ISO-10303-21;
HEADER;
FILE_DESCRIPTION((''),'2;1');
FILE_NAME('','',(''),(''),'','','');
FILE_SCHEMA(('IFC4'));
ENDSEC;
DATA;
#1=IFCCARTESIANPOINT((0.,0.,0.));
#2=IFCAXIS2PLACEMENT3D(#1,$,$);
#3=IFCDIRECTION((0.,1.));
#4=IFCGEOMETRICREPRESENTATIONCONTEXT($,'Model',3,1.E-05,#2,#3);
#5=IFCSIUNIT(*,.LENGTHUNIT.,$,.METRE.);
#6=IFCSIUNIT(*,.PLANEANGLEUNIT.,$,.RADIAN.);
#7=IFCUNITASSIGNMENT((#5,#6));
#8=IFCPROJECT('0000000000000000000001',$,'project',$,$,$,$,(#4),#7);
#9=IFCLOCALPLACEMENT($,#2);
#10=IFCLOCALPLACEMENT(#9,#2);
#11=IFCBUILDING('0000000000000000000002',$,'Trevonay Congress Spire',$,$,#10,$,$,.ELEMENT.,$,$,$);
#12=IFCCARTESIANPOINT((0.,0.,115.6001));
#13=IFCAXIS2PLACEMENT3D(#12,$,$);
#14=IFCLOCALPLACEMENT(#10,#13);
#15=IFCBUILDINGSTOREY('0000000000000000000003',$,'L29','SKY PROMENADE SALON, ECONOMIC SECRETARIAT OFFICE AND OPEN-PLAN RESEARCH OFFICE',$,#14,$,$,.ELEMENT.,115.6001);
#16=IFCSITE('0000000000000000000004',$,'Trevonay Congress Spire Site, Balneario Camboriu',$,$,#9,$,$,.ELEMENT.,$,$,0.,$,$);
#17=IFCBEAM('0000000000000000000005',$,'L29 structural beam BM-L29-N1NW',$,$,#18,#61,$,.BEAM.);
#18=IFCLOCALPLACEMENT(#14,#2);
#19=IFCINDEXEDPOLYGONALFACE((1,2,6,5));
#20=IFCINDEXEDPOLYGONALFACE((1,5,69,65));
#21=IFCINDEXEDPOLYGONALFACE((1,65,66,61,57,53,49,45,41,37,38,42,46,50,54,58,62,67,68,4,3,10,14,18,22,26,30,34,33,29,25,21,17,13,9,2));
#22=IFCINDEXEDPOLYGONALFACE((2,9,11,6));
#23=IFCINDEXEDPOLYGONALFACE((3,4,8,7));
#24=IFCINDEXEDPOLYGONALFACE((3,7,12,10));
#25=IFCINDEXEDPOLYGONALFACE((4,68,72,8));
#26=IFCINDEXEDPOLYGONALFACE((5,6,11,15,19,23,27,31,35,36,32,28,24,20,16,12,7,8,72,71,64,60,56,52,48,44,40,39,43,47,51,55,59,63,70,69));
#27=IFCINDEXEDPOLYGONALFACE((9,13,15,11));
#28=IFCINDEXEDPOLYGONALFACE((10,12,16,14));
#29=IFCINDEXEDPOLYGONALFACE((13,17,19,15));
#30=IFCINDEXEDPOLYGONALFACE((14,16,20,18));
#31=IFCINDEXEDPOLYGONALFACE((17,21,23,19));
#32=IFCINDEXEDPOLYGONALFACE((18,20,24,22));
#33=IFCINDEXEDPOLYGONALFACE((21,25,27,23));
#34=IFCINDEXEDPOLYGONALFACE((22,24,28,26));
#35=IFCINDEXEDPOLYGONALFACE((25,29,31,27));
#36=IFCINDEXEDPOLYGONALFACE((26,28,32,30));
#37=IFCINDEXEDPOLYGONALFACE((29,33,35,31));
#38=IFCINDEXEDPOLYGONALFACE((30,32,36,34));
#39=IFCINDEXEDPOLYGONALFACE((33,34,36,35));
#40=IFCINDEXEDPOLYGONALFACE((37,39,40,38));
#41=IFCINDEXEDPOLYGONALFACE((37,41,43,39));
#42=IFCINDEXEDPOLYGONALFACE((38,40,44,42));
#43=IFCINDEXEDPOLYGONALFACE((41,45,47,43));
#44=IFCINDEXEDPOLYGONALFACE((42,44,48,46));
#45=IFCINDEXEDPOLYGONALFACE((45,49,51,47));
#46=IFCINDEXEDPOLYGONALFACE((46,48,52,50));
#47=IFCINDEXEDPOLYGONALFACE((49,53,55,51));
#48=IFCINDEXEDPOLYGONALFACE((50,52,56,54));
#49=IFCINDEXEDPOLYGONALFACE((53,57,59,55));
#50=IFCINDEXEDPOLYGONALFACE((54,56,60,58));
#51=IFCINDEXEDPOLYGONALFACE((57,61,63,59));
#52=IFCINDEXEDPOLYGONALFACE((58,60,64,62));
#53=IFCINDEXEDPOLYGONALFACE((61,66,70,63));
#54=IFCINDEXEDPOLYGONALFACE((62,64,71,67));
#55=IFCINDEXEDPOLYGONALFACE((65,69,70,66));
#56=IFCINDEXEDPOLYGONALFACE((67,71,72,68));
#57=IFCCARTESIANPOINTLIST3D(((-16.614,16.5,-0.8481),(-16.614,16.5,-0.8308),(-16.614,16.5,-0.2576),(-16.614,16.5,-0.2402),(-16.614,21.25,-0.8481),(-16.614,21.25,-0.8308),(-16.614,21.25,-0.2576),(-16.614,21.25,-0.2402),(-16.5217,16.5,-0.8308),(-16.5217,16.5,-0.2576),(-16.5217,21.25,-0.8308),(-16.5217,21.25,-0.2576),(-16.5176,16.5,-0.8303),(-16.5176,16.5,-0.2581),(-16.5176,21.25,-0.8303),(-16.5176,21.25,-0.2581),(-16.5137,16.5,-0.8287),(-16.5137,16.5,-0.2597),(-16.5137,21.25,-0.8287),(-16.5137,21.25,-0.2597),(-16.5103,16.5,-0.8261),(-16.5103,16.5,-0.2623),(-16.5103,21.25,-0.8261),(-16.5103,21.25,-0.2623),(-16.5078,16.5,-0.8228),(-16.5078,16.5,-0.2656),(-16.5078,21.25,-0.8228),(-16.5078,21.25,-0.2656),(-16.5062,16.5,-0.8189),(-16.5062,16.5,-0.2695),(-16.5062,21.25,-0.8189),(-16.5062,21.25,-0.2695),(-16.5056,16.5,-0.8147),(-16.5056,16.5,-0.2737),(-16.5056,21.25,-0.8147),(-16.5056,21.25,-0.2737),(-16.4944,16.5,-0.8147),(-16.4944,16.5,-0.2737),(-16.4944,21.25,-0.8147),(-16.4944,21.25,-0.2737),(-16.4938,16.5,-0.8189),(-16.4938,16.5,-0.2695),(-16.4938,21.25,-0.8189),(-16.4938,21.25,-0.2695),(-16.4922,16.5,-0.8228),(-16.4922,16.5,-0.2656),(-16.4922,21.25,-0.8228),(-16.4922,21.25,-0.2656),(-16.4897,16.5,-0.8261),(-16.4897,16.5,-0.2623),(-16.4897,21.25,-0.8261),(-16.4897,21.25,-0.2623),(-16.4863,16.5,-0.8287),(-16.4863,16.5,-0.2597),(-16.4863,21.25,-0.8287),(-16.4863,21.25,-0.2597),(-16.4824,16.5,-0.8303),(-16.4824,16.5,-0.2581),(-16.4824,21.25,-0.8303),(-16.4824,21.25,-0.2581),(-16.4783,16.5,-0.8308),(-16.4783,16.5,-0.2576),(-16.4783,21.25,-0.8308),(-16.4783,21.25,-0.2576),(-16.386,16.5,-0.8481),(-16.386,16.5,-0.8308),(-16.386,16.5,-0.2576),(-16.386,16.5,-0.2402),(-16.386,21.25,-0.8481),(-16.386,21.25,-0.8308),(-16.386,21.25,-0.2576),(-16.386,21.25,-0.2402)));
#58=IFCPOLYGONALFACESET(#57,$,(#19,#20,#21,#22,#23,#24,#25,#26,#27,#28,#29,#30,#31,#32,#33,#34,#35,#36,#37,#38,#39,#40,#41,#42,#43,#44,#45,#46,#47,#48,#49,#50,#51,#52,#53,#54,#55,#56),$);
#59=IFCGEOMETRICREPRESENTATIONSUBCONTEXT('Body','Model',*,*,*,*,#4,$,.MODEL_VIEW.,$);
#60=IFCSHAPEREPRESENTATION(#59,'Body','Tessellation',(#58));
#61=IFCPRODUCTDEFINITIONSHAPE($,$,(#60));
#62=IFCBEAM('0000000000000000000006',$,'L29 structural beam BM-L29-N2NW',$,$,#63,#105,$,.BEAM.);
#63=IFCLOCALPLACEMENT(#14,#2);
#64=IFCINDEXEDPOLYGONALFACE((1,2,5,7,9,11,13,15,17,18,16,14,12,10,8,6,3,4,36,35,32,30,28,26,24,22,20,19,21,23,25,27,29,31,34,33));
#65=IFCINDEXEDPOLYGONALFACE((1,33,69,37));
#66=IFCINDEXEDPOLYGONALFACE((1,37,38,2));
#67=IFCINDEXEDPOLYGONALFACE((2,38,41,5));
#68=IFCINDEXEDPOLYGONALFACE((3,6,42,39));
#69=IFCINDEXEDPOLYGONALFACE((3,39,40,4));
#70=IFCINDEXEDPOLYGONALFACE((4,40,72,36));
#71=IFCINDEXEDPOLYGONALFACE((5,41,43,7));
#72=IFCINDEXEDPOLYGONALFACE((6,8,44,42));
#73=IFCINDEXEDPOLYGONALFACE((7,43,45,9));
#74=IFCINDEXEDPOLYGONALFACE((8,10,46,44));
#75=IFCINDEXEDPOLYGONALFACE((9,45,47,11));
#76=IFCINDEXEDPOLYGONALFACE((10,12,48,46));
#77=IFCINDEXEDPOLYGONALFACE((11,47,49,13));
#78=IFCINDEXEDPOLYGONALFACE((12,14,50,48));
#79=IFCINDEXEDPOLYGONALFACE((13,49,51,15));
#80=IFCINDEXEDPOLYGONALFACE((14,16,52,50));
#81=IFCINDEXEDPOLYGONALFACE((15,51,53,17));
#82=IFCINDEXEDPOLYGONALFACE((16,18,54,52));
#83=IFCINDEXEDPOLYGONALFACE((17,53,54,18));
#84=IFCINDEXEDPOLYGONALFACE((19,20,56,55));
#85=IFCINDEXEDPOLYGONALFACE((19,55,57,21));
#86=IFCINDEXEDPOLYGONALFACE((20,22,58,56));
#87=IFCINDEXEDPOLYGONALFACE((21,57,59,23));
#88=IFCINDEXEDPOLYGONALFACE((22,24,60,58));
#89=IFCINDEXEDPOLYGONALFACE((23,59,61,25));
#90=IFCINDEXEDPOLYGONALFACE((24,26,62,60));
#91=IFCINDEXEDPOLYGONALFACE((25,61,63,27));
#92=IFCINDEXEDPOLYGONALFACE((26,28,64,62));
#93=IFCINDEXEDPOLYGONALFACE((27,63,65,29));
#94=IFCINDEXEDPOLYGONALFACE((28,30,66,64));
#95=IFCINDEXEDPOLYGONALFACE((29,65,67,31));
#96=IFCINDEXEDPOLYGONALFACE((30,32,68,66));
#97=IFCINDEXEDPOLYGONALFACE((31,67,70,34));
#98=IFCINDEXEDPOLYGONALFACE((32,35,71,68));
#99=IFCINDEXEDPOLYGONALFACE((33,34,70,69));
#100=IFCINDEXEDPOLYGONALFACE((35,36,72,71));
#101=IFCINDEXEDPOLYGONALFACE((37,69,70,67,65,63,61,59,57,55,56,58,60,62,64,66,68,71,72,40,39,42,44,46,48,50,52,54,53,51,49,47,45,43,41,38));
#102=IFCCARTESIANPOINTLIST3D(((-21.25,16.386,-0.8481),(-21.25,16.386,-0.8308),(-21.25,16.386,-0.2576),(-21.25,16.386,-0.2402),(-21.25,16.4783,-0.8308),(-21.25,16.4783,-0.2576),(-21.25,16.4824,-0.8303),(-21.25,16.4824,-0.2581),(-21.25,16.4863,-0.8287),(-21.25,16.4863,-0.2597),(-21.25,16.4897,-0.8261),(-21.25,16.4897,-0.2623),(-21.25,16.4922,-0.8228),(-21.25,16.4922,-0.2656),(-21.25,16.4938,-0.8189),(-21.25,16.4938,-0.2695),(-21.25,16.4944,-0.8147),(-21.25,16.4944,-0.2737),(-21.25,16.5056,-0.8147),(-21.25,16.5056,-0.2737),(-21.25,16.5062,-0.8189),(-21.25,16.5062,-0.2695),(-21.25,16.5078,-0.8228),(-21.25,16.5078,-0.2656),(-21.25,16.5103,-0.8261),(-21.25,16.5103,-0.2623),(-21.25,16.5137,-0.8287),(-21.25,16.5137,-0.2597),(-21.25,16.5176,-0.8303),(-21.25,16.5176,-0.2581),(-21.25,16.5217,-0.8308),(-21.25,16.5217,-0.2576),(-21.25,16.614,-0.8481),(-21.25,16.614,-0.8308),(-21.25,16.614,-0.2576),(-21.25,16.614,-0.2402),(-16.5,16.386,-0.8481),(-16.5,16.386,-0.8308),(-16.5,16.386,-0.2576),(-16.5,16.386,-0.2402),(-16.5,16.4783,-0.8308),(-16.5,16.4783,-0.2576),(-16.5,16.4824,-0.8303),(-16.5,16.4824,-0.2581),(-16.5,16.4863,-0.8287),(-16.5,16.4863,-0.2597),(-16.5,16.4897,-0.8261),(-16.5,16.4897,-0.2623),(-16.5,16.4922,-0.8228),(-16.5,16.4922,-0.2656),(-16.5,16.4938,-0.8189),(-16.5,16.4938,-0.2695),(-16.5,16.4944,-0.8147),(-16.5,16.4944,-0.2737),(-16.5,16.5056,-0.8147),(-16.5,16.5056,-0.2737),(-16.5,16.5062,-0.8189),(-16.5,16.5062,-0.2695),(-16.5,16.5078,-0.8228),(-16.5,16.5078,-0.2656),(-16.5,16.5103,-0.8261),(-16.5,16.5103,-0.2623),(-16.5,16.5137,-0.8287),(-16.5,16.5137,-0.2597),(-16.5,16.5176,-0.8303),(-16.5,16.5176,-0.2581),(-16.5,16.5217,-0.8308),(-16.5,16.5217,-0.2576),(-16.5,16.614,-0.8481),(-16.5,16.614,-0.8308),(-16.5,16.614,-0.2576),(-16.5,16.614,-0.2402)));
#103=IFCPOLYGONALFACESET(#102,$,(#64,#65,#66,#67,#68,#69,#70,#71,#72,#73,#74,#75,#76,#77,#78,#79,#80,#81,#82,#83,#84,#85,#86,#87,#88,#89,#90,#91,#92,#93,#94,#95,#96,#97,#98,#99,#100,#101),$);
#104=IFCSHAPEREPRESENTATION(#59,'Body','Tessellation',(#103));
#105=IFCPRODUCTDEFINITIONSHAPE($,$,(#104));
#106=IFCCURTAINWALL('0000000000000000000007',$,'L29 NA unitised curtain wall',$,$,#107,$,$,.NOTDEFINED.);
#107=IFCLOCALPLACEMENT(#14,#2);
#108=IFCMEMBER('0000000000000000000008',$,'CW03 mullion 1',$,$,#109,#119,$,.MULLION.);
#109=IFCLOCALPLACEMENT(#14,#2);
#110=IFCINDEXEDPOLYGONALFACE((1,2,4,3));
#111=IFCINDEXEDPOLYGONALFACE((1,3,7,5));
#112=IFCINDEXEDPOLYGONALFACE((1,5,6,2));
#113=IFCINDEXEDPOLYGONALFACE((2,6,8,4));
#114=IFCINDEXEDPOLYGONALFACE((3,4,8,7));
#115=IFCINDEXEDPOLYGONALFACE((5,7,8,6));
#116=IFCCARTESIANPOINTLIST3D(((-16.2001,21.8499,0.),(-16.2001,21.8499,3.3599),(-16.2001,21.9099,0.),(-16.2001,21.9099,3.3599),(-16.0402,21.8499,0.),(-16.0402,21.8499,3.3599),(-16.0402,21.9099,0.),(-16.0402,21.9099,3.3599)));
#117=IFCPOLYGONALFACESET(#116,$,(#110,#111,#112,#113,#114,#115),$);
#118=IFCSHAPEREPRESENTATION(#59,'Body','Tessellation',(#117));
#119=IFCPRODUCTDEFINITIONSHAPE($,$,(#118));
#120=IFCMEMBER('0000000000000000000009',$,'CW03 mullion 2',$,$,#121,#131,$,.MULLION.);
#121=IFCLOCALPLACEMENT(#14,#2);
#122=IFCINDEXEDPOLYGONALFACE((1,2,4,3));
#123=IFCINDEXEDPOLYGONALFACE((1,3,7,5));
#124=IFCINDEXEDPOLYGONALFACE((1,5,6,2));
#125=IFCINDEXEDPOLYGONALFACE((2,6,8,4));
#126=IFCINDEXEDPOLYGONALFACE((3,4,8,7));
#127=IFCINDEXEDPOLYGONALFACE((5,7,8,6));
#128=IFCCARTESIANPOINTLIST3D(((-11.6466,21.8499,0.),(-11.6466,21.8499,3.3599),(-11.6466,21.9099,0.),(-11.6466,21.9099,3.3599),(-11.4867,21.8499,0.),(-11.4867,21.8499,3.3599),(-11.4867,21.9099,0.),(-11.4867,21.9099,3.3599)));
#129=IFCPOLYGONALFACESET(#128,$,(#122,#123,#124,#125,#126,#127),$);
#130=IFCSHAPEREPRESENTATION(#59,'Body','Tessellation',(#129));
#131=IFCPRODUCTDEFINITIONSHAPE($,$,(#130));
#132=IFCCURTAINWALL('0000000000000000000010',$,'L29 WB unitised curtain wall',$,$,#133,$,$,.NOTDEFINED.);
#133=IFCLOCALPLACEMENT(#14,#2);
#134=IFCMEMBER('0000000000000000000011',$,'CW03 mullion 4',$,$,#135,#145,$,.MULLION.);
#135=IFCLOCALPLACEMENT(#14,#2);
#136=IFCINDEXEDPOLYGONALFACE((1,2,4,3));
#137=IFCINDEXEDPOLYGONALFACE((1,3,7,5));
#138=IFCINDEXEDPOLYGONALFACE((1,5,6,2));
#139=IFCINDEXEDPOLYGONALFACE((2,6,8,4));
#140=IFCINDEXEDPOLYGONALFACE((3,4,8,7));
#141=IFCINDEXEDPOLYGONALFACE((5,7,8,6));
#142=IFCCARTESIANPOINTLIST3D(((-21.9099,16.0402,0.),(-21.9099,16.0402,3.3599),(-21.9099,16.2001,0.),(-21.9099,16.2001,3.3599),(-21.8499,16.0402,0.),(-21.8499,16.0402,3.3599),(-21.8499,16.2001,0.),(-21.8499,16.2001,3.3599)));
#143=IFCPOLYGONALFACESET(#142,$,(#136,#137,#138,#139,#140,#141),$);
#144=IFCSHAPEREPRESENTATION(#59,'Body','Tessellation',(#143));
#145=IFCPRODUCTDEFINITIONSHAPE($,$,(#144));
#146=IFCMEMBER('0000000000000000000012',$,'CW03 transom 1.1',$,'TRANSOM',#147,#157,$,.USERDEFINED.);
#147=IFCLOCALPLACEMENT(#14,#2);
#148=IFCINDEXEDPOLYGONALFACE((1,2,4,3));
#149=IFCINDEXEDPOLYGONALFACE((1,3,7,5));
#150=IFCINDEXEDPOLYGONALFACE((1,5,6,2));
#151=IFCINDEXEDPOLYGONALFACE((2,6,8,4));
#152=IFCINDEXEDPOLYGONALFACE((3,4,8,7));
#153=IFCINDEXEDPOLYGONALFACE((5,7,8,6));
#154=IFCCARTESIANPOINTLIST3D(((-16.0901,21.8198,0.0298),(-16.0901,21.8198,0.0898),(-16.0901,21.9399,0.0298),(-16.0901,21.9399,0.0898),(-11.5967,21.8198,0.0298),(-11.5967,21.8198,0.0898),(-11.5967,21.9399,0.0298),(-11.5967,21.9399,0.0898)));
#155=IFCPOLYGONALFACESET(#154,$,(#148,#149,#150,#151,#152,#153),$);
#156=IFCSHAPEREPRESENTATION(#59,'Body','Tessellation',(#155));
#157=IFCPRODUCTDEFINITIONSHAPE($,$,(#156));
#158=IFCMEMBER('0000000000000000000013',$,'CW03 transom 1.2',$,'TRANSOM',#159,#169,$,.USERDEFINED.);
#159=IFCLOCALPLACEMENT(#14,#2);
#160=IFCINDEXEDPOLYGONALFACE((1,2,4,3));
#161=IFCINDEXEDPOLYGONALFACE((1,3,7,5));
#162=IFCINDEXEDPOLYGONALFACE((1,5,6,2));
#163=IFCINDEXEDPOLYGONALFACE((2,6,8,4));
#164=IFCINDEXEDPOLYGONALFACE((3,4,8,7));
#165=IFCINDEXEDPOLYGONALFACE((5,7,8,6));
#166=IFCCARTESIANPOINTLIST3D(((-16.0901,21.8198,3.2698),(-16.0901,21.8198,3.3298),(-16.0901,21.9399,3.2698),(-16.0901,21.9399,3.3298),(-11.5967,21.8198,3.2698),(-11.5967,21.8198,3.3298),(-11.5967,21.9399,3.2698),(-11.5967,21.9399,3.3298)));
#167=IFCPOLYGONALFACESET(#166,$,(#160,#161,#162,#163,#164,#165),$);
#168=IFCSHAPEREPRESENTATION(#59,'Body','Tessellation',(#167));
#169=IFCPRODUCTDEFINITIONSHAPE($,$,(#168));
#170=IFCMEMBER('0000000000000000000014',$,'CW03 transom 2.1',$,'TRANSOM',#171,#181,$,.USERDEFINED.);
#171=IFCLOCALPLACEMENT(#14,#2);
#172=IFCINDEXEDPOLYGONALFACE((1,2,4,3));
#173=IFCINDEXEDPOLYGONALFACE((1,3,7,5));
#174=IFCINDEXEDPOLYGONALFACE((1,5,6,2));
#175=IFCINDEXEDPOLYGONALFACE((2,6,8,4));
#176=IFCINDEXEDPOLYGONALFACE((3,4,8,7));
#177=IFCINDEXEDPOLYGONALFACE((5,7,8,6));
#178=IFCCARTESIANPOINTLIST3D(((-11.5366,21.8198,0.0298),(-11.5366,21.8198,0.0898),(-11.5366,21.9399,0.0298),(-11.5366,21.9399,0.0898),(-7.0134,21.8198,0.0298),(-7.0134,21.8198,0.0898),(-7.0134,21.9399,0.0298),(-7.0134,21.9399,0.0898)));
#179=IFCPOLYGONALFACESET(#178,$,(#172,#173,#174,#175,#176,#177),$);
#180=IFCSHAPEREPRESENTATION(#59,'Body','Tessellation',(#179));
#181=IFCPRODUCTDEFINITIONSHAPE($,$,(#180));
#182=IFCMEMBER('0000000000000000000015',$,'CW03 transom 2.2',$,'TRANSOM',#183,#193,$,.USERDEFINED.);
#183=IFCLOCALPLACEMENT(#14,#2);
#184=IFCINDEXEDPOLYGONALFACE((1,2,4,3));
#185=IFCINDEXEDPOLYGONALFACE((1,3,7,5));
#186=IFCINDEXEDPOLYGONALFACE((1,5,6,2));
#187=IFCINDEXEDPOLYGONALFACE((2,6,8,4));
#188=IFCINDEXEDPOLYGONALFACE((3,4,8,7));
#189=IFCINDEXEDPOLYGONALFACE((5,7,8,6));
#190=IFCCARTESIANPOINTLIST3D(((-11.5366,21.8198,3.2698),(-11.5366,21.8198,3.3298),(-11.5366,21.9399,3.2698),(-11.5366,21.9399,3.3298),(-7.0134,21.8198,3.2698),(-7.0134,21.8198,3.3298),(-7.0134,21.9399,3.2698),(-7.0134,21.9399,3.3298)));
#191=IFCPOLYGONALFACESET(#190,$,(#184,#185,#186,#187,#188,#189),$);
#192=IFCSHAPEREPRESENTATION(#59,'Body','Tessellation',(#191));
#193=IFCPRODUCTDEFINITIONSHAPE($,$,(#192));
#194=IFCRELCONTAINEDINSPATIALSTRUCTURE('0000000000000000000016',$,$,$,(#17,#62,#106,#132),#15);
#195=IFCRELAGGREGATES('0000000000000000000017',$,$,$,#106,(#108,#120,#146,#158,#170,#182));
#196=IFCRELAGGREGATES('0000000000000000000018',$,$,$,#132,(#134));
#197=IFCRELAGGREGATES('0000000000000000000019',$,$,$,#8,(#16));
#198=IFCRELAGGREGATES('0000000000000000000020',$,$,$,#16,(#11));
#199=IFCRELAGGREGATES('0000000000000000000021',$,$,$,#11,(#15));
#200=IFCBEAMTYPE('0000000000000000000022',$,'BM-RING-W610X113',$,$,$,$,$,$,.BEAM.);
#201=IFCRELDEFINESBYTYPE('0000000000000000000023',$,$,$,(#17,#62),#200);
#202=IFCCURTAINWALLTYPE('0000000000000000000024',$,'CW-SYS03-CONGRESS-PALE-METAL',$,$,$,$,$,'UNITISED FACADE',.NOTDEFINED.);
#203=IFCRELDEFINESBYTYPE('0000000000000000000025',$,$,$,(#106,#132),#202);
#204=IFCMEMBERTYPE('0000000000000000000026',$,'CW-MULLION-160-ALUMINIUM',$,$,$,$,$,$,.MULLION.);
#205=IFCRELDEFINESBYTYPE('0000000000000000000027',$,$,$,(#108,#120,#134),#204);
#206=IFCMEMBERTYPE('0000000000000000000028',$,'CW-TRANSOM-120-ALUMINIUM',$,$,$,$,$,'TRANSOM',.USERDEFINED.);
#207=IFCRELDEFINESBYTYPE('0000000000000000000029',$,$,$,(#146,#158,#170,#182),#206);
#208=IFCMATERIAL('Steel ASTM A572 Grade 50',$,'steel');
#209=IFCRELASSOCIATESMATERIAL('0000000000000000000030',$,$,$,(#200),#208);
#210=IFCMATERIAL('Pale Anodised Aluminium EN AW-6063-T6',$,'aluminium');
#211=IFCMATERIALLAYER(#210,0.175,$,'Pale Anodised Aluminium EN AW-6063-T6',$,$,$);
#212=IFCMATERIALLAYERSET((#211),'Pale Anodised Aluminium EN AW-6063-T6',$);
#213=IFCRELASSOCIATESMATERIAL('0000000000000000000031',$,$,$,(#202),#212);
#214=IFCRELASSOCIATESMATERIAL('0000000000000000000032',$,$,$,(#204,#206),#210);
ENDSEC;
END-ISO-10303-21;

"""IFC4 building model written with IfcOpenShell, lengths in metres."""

from ifc_helpers import new_model, si_unit, direction, frame, origin, origin_2d, place, context, subcontext, project, spatial, rectangle, i_section, extrude, material, layer, layer_set, material_profile, profile_set, type_object, element, aggregate, save


model = new_model("IFC4")

# Units and contexts
model_context = context("Model", 3, precision=1e-05, world=origin(), true_north=direction((0.0, 1.0)))
body_context = subcontext(model_context, "Body", "Model", "MODEL_VIEW")
ifc_project = project(units=[si_unit("LENGTHUNIT", "METRE"), si_unit("PLANEANGLEUNIT", "RADIAN")], contexts=[model_context])

# Site, building, storey
site_placement = place(None, origin())
site = spatial("IfcSite", under=ifc_project, at=site_placement, Name="Trevonay Congress Spire Site, Balneario Camboriu", CompositionType="ELEMENT", RefElevation=0.0)
building_placement = place(site_placement, origin())
building = spatial("IfcBuilding", under=site, at=building_placement, Name="Trevonay Congress Spire", CompositionType="ELEMENT")
storey_placement = place(building_placement, frame((0.0, 0.0, 115.6001)))
storey = spatial("IfcBuildingStorey", under=building, at=storey_placement, Name="L29", Description="SKY PROMENADE SALON, ECONOMIC SECRETARIAT OFFICE AND OPEN-PLAN RESEARCH OFFICE", CompositionType="ELEMENT", Elevation=115.6001)

# Shared definitions
ifc_material_1 = material(Name="Steel ASTM A572 Grade 50", Category="steel")

# Beams
ifc_material_profile_1 = material_profile(ifc_material_1, i_section(OverallWidth=0.228, OverallDepth=0.6079, WebThickness=0.0112, FlangeThickness=0.0173, FilletRadius=0.0161, at=origin_2d()), Name="W610x113")
ifc_profile_set_1 = profile_set([ifc_material_profile_1], Name="Steel ASTM A572 Grade 50")
beam_type = type_object("IfcBeamType", Name="BM-RING-W610X113", PredefinedType="BEAM", material=ifc_profile_set_1)
for number, where, z_axis, x_axis, name in (
    (1, (-16.5, 21.25, -0.5442), (0.0, -1.0, 0.0), (1.0, 0.0, 0.0), "L29 structural beam BM-L29-N1NW"),
    (2, (-21.25, 16.5, -0.5442), (1.0, 0.0, 0.0), (0.0, 1.0, 0.0), "L29 structural beam BM-L29-N2NW"),
):
    element("IfcBeam", number, at=place(storey_placement, frame(where, z_axis=z_axis, x_axis=x_axis)), inside=storey, type_object=beam_type, Name=name, PredefinedType="BEAM", context=body_context, shape_type="SweptSolid", body=[
        extrude(i_section(OverallWidth=0.228, OverallDepth=0.6079, WebThickness=0.0112, FlangeThickness=0.0173, FilletRadius=0.0161, at=origin_2d()), origin(), (0.0, 0.0, 1.0), 4.75),
    ])

# Curtain wall, members
ifc_material_2 = material(Name="Pale Anodised Aluminium EN AW-6063-T6", Category="aluminium")
ifc_layer_1 = layer(ifc_material_2, 0.175, Name="Pale Anodised Aluminium EN AW-6063-T6")
ifc_layer_set_1 = layer_set([ifc_layer_1], Name="Pale Anodised Aluminium EN AW-6063-T6")
curtain_wall_type = type_object("IfcCurtainWallType", Name="CW-SYS03-CONGRESS-PALE-METAL", ElementType="UNITISED FACADE", PredefinedType="NOTDEFINED", material=ifc_layer_set_1)
curtain_wall_1_placement = place(storey_placement, origin())
curtain_wall_1 = element("IfcCurtainWall", 3, at=curtain_wall_1_placement, inside=storey, type_object=curtain_wall_type, Name="L29 NA unitised curtain wall", PredefinedType="NOTDEFINED")
ifc_material_profile_2 = material_profile(ifc_material_2, rectangle(XDim=0.0601, YDim=0.1599, at=origin_2d()), Name="CW-MULLION-160-ALUMINIUM")
ifc_profile_set_2 = profile_set([ifc_material_profile_2], Name="Pale Anodised Aluminium EN AW-6063-T6")
member_type_1 = type_object("IfcMemberType", Name="CW-MULLION-160-ALUMINIUM", PredefinedType="MULLION", material=ifc_profile_set_2)
member_1_placement = place(storey_placement, frame((-16.1201, 21.8799, 0.0), z_axis=(0.0, 0.0, 1.0), x_axis=(0.0, 1.0, 0.0)))
member_1 = element("IfcMember", 4, at=member_1_placement, type_object=member_type_1, Name="CW03 mullion 1", PredefinedType="MULLION", context=body_context, shape_type="SweptSolid", body=[
    extrude(rectangle(XDim=0.0601, YDim=0.1599, at=origin_2d()), origin(), (0.0, 0.0, 1.0), 3.3599),
])
member_2_placement = place(storey_placement, frame((-11.5667, 21.8799, 0.0), z_axis=(0.0, 0.0, 1.0), x_axis=(0.0, 1.0, 0.0)))
member_2 = element("IfcMember", 5, at=member_2_placement, type_object=member_type_1, Name="CW03 mullion 2", PredefinedType="MULLION", context=body_context, shape_type="SweptSolid", body=[
    extrude(rectangle(XDim=0.0601, YDim=0.1599, at=origin_2d()), origin(), (0.0, 0.0, 1.0), 3.3599),
])

# Curtain wall, member
curtain_wall_2_placement = place(storey_placement, origin())
curtain_wall_2 = element("IfcCurtainWall", 6, at=curtain_wall_2_placement, inside=storey, type_object=curtain_wall_type, Name="L29 WB unitised curtain wall", PredefinedType="NOTDEFINED")
member_3_placement = place(storey_placement, frame((-21.8799, 16.1201, 0.0), z_axis=(0.0, 0.0, 1.0), x_axis=(-1.0, 0.0, 0.0)))
member_3 = element("IfcMember", 7, at=member_3_placement, type_object=member_type_1, Name="CW03 mullion 4", PredefinedType="MULLION", context=body_context, shape_type="SweptSolid", body=[
    extrude(rectangle(XDim=0.0601, YDim=0.1599, at=origin_2d()), origin(), (0.0, 0.0, 1.0), 3.3599),
])

# Members
ifc_material_profile_3 = material_profile(ifc_material_2, rectangle(XDim=0.1201, YDim=0.0601, at=origin_2d()), Name="CW-TRANSOM-120-ALUMINIUM")
ifc_profile_set_3 = profile_set([ifc_material_profile_3], Name="Pale Anodised Aluminium EN AW-6063-T6")
member_type_2 = type_object("IfcMemberType", Name="CW-TRANSOM-120-ALUMINIUM", ElementType="TRANSOM", PredefinedType="USERDEFINED", material=ifc_profile_set_3)
member_4_placement = place(storey_placement, frame((-16.0901, 21.8799, 0.0598), z_axis=(1.0, 0.0, 0.0), x_axis=(0.0, 1.0, 0.0)))
member_4 = element("IfcMember", 8, at=member_4_placement, type_object=member_type_2, Name="CW03 transom 1.1", ObjectType="TRANSOM", PredefinedType="USERDEFINED", context=body_context, shape_type="SweptSolid", body=[
    extrude(rectangle(XDim=0.1201, YDim=0.0601, at=origin_2d()), origin(), (0.0, 0.0, 1.0), 4.4934),
])
member_5_placement = place(storey_placement, frame((-16.0901, 21.8799, 3.2998), z_axis=(1.0, 0.0, 0.0), x_axis=(0.0, 1.0, 0.0)))
member_5 = element("IfcMember", 9, at=member_5_placement, type_object=member_type_2, Name="CW03 transom 1.2", ObjectType="TRANSOM", PredefinedType="USERDEFINED", context=body_context, shape_type="SweptSolid", body=[
    extrude(rectangle(XDim=0.1201, YDim=0.0601, at=origin_2d()), origin(), (0.0, 0.0, 1.0), 4.4934),
])
member_6_placement = place(storey_placement, frame((-11.5366, 21.8799, 0.0598), z_axis=(1.0, 0.0, 0.0), x_axis=(0.0, 1.0, 0.0)))
member_6 = element("IfcMember", 10, at=member_6_placement, type_object=member_type_2, Name="CW03 transom 2.1", ObjectType="TRANSOM", PredefinedType="USERDEFINED", context=body_context, shape_type="SweptSolid", body=[
    extrude(rectangle(XDim=0.1201, YDim=0.0601, at=origin_2d()), origin(), (0.0, 0.0, 1.0), 4.5232),
])
member_7_placement = place(storey_placement, frame((-11.5366, 21.8799, 3.2998), z_axis=(1.0, 0.0, 0.0), x_axis=(0.0, 1.0, 0.0)))
member_7 = element("IfcMember", 11, at=member_7_placement, type_object=member_type_2, Name="CW03 transom 2.2", ObjectType="TRANSOM", PredefinedType="USERDEFINED", context=body_context, shape_type="SweptSolid", body=[
    extrude(rectangle(XDim=0.1201, YDim=0.0601, at=origin_2d()), origin(), (0.0, 0.0, 1.0), 4.5232),
])

aggregate(curtain_wall_1, [member_1, member_2, member_4, member_5, member_6, member_7])
aggregate(curtain_wall_2, [member_3])

save(model, "model.ifc")
